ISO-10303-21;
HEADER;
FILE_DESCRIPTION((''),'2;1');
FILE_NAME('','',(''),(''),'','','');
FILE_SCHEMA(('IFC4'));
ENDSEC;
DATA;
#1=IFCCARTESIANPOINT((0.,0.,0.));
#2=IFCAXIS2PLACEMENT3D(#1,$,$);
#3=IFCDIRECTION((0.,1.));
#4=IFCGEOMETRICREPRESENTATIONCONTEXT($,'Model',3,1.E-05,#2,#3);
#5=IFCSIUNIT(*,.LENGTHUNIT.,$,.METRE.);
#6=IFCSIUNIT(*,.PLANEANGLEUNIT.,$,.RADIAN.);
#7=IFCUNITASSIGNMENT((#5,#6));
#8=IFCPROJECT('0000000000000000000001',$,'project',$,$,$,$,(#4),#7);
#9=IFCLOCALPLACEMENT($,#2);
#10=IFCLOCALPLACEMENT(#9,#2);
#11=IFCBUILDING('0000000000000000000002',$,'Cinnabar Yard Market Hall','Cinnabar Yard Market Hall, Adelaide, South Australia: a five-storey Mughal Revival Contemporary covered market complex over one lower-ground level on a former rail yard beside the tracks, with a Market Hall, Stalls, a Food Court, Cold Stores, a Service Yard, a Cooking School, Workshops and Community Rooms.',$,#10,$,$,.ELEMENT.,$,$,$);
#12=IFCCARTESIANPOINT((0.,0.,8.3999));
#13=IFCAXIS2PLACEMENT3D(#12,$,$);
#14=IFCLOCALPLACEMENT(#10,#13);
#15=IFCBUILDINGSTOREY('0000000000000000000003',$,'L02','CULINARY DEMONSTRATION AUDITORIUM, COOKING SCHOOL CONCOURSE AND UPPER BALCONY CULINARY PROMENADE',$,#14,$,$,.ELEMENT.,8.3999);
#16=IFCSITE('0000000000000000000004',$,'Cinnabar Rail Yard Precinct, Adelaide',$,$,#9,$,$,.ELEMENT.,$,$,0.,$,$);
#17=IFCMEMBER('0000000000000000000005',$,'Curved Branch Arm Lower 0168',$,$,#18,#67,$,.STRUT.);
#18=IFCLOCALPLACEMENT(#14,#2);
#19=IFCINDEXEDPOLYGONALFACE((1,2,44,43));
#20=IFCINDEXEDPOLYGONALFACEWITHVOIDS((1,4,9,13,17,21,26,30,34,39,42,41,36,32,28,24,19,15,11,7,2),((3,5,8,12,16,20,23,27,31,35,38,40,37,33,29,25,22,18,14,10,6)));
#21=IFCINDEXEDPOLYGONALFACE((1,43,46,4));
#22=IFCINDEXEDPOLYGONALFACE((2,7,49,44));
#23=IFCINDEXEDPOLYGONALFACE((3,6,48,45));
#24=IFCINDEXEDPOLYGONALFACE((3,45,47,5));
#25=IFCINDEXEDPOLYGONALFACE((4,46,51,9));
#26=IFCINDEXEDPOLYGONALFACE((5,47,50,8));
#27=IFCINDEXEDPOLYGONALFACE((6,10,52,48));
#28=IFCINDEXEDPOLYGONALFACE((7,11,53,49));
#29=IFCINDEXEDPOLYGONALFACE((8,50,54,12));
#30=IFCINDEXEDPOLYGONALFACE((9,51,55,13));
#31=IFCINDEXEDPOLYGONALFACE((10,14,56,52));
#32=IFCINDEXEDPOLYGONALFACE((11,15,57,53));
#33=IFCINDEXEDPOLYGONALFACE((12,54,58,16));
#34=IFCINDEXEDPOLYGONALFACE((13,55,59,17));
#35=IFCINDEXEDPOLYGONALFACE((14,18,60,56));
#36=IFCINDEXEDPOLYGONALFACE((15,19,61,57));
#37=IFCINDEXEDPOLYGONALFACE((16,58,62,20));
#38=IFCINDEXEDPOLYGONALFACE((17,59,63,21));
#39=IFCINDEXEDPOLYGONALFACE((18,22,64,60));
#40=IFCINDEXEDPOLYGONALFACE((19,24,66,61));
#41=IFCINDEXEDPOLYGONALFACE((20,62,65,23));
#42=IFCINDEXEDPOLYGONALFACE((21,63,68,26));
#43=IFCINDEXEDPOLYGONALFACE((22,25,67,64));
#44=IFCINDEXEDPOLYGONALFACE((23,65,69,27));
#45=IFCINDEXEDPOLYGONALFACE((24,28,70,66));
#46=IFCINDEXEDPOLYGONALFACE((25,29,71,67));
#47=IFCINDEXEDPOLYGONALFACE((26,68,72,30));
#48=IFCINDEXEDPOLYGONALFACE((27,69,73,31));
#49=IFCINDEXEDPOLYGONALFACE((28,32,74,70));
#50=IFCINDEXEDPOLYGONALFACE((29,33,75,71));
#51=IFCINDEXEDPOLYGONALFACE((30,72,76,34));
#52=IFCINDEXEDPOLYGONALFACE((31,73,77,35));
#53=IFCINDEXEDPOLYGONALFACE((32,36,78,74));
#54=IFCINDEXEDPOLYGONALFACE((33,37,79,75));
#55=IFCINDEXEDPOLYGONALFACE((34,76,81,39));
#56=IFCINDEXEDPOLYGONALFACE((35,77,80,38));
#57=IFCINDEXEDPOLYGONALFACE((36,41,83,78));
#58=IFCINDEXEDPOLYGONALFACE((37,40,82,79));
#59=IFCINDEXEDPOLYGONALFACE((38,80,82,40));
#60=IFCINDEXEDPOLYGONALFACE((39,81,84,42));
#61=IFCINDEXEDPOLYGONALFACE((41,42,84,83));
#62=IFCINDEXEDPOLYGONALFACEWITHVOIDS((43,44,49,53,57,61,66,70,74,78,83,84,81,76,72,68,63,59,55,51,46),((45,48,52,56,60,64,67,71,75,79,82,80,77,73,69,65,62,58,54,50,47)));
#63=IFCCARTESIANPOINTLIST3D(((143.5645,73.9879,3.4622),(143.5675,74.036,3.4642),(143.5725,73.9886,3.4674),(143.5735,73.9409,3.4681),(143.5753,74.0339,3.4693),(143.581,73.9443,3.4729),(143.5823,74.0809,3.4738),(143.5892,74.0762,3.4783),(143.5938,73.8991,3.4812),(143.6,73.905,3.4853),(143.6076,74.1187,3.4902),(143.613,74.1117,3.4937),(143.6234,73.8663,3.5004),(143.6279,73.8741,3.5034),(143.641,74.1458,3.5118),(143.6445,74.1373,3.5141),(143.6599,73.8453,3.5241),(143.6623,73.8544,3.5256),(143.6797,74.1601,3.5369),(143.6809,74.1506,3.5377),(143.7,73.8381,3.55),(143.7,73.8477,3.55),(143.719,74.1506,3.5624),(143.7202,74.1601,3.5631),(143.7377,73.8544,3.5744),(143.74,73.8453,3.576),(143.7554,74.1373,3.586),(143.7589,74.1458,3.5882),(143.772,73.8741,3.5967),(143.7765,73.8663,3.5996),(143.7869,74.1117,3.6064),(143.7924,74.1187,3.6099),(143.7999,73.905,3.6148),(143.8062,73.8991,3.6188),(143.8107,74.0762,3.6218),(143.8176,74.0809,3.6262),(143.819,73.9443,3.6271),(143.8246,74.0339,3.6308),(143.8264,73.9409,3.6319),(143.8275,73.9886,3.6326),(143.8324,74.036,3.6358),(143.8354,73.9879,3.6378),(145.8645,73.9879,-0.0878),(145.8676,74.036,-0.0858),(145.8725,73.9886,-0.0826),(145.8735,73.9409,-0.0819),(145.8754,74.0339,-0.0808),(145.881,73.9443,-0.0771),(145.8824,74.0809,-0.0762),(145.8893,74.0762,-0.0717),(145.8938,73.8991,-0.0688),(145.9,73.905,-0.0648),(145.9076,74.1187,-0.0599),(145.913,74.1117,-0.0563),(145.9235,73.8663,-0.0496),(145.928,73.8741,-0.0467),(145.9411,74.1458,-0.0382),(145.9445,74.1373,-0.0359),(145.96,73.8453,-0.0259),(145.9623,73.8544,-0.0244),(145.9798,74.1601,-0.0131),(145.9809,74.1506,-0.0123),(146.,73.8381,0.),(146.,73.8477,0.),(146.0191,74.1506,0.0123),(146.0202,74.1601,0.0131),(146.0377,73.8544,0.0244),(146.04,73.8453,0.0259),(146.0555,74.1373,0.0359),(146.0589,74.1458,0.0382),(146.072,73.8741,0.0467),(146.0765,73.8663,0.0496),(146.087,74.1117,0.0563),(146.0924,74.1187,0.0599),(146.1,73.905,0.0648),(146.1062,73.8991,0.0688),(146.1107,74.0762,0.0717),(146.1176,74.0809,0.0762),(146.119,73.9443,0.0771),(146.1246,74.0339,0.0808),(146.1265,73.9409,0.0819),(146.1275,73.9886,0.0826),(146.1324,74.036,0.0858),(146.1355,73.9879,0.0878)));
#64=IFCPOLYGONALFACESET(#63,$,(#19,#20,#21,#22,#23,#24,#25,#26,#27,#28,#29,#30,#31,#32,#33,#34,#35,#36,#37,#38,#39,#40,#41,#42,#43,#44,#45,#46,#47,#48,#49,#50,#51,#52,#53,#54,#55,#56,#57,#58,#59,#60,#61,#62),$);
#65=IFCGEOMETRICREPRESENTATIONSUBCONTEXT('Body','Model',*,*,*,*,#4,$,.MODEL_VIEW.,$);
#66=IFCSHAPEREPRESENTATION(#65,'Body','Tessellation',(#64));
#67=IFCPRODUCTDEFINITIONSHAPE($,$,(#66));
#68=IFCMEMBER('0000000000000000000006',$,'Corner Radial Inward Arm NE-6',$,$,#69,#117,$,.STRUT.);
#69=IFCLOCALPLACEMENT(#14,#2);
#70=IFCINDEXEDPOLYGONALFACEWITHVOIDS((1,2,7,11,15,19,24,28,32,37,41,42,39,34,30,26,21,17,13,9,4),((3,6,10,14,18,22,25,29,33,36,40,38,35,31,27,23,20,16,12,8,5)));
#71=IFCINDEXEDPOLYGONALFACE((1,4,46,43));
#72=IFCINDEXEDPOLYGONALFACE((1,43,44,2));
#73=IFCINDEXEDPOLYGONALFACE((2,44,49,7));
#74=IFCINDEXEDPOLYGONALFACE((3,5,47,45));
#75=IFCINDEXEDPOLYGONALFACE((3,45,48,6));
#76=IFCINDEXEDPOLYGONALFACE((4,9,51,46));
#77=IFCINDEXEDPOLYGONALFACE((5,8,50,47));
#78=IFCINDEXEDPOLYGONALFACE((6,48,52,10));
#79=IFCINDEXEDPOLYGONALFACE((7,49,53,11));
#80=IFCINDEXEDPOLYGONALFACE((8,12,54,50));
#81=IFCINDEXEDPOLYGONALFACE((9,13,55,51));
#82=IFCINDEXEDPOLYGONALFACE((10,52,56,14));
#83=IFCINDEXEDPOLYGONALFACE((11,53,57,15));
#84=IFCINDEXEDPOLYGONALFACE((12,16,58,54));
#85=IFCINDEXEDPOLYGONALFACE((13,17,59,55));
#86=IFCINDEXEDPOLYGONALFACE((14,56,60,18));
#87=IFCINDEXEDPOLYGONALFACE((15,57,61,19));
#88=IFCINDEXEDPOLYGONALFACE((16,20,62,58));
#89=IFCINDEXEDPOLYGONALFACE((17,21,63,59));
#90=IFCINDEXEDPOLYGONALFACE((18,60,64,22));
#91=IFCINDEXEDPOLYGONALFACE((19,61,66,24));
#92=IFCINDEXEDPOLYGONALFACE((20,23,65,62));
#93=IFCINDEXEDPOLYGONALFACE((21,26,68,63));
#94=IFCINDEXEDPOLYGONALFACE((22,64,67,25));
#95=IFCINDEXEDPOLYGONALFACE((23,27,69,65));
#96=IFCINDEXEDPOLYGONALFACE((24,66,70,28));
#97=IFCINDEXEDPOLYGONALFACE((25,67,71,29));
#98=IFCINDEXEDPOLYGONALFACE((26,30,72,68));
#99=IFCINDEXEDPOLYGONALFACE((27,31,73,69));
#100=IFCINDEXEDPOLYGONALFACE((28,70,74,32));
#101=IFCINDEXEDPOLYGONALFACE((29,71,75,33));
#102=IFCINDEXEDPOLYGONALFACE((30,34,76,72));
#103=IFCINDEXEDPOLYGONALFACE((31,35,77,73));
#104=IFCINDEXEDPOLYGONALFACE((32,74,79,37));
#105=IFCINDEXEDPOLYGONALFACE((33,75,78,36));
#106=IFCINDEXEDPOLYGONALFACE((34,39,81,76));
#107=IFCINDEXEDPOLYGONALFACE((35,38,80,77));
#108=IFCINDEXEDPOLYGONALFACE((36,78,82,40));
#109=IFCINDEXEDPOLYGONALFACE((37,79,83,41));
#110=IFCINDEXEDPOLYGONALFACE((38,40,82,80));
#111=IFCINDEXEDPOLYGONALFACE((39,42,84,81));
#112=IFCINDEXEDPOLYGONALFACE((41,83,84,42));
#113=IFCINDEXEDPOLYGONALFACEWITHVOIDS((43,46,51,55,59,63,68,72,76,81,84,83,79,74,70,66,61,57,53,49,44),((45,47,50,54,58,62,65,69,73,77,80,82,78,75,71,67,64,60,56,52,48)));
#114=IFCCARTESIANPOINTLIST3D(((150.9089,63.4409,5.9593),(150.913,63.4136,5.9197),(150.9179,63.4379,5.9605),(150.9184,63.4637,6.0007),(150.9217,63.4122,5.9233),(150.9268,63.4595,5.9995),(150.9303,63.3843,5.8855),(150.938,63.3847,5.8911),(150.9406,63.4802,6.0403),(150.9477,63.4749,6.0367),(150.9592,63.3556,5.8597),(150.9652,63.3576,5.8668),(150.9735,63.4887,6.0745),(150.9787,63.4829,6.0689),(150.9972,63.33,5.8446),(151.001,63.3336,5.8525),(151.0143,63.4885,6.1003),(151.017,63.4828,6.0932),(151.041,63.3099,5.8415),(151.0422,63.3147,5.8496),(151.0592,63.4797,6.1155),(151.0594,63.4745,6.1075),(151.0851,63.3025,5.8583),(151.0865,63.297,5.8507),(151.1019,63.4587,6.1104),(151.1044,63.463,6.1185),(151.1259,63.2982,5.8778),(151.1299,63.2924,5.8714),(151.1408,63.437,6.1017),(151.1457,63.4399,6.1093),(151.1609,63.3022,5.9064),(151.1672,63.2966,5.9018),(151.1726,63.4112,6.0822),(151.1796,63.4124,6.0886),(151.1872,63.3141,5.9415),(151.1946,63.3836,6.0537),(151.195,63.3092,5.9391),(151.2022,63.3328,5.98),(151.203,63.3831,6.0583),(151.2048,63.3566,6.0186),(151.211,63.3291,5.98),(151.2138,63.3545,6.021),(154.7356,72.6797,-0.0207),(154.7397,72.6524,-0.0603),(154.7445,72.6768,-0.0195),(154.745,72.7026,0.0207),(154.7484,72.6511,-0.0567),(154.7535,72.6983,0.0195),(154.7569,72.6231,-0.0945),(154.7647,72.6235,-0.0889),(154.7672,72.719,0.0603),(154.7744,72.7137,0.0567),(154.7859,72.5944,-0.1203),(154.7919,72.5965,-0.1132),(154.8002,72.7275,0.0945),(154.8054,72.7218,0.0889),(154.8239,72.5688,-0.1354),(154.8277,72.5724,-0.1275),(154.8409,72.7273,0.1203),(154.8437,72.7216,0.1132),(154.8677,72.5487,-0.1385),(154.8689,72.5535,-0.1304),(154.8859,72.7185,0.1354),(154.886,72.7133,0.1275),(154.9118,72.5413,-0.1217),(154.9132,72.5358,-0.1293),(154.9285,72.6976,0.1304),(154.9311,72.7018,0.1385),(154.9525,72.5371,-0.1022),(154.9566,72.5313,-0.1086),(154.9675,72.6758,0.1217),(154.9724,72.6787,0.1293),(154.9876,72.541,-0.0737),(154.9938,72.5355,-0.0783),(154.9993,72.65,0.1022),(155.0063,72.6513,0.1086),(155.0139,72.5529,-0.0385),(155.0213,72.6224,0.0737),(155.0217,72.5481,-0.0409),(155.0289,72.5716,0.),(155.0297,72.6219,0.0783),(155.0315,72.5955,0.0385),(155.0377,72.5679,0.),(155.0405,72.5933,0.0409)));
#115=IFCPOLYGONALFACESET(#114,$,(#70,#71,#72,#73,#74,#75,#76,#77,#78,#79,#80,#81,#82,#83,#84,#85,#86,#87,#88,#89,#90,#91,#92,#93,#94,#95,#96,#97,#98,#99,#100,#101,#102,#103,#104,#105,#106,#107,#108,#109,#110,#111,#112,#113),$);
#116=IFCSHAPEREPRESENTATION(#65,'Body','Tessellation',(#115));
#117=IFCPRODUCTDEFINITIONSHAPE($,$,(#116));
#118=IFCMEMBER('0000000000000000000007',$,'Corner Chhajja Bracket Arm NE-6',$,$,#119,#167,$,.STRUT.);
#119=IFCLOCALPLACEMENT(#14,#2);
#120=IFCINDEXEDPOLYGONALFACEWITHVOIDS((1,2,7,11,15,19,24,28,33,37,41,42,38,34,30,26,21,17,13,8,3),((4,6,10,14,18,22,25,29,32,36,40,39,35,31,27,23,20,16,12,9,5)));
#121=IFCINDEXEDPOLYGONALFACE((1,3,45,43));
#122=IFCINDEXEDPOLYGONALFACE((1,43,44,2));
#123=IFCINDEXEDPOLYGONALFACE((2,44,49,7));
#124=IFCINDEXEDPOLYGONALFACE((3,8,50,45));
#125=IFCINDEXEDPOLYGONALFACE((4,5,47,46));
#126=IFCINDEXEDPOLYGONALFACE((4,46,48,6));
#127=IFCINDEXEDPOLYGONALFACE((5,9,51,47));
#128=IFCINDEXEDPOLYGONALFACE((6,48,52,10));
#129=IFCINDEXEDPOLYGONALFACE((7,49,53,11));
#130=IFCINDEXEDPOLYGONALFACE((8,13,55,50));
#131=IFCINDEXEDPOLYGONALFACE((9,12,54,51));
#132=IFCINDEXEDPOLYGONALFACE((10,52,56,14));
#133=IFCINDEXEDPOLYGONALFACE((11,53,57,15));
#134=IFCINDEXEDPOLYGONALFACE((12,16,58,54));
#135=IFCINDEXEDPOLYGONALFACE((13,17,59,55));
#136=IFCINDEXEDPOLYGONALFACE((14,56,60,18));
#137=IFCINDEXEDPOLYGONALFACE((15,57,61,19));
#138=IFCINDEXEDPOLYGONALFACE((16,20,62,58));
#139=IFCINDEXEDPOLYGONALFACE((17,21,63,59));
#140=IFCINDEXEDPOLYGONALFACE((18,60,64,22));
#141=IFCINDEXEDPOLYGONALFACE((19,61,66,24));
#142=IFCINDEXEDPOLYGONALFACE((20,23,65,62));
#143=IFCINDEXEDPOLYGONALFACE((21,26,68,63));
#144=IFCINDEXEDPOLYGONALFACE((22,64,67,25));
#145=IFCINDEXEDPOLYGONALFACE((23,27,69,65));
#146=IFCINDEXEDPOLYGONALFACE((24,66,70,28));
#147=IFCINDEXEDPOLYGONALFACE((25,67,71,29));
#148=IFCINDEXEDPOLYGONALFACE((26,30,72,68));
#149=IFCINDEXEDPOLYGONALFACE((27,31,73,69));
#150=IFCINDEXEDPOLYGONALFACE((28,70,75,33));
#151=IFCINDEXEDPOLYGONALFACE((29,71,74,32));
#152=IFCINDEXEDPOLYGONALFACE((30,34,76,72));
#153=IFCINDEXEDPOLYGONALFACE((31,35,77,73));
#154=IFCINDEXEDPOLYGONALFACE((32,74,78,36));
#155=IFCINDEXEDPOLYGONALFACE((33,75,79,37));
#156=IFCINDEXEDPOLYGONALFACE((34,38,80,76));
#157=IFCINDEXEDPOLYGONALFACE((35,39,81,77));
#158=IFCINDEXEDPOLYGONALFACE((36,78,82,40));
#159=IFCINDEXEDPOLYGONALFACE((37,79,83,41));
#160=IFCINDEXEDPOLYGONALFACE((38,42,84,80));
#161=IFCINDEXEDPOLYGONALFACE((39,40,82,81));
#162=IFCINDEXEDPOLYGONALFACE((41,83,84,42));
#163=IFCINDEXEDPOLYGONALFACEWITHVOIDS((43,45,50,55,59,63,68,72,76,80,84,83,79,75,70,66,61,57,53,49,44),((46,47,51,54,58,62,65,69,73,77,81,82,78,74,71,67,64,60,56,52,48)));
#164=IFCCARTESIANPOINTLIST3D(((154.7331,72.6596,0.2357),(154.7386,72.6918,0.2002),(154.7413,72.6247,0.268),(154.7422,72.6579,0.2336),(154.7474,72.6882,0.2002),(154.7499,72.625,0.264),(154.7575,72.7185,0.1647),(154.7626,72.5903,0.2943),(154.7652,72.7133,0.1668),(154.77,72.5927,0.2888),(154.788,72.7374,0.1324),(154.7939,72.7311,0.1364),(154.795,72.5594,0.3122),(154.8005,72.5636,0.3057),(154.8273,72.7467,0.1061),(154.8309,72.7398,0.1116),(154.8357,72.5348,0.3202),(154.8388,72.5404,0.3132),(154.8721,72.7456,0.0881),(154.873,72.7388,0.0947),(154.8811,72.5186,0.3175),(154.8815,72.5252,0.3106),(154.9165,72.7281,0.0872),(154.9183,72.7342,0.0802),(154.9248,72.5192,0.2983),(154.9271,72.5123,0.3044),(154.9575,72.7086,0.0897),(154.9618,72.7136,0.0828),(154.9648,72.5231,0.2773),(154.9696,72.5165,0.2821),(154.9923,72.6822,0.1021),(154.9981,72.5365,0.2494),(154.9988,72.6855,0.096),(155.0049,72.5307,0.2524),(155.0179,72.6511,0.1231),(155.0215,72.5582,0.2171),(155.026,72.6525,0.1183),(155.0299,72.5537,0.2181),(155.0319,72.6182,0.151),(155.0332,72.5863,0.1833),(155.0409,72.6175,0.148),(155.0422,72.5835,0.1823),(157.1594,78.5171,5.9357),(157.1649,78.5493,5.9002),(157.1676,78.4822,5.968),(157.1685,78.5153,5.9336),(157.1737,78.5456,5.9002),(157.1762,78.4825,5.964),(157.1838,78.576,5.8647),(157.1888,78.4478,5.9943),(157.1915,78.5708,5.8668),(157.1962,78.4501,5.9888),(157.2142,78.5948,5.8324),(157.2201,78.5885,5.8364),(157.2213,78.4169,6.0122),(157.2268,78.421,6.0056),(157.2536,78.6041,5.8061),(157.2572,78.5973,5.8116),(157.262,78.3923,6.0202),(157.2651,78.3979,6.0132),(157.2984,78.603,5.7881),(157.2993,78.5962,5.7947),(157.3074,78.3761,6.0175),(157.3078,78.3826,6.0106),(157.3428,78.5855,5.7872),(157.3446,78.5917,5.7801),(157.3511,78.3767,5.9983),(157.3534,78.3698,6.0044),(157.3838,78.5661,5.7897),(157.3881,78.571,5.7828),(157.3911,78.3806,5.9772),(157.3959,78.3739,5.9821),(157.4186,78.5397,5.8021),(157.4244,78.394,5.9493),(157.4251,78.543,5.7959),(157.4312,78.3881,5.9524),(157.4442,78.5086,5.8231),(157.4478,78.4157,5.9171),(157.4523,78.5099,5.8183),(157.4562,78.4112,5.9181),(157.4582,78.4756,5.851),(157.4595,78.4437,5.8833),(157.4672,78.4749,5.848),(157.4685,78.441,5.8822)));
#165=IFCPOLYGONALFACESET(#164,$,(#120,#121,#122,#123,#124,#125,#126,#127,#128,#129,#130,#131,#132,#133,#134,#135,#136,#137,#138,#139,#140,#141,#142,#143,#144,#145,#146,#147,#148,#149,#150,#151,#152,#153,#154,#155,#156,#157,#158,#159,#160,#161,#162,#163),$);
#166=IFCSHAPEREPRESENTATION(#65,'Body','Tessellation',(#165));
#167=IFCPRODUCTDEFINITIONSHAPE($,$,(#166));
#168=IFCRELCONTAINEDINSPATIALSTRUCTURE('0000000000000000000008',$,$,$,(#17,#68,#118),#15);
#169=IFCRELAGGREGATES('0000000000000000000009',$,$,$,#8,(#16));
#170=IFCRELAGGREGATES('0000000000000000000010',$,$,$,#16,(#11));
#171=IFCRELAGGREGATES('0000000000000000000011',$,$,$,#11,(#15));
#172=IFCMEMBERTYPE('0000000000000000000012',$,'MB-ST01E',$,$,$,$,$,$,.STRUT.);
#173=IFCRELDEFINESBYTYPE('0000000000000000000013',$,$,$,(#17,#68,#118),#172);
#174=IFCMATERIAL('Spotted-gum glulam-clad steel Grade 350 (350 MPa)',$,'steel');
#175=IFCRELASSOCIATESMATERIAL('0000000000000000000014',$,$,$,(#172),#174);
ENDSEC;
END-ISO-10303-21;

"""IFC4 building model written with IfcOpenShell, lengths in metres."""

from ifc_helpers import new_model, si_unit, direction, frame, origin, origin_2d_with_axis, place, context, subcontext, project, spatial, hollow_circle, extrude, material, material_profile, profile_set, type_object, element, save


model = new_model("IFC4")

# Units and contexts
model_context = context("Model", 3, precision=1e-05, world=origin(), true_north=direction((0.0, 1.0)))
body_context = subcontext(model_context, "Body", "Model", "MODEL_VIEW")
ifc_project = project(units=[si_unit("LENGTHUNIT", "METRE"), si_unit("PLANEANGLEUNIT", "RADIAN")], contexts=[model_context])

# Site, building, storey
site_placement = place(None, origin())
site = spatial("IfcSite", under=ifc_project, at=site_placement, Name="Cinnabar Rail Yard Precinct, Adelaide", CompositionType="ELEMENT", RefElevation=0.0)
building_placement = place(site_placement, origin())
building = spatial("IfcBuilding", under=site, at=building_placement, Name="Cinnabar Yard Market Hall", Description="Cinnabar Yard Market Hall, Adelaide, South Australia: a five-storey Mughal Revival Contemporary covered market complex over one lower-ground level on a former rail yard beside the tracks, with a Market Hall, Stalls, a Food Court, Cold Stores, a Service Yard, a Cooking School, Workshops and Community Rooms.", CompositionType="ELEMENT")
storey_placement = place(building_placement, frame((0.0, 0.0, 8.3999)))
storey = spatial("IfcBuildingStorey", under=building, at=storey_placement, Name="L02", Description="CULINARY DEMONSTRATION AUDITORIUM, COOKING SCHOOL CONCOURSE AND UPPER BALCONY CULINARY PROMENADE", CompositionType="ELEMENT", Elevation=8.3999)

# Shared definitions
ifc_material_1 = material(Name="Spotted-gum glulam-clad steel Grade 350 (350 MPa)", Category="steel")

# Members
ifc_material_profile_1 = material_profile(ifc_material_1, hollow_circle(Radius=0.1619, WallThickness=0.0095, at=origin_2d_with_axis()), Name="323.9x9.5CHS")
ifc_profile_set_1 = profile_set([ifc_material_profile_1], Name="Spotted-gum glulam-clad steel Grade 350 (350 MPa)")
member_type_1 = type_object("IfcMemberType", Name="MB-ST01E", PredefinedType="STRUT", material=ifc_profile_set_1)
member_1_placement = place(storey_placement, frame((146.0, 74.0, 0.0), z_axis=(-0.543744, 0.0, 0.839251), x_axis=(0.0, -1.0, 0.0)))
element("IfcMember", 1, at=member_1_placement, inside=storey, type_object=member_type_1, Name="Curved Branch Arm Lower 0168", PredefinedType="STRUT", context=body_context, shape_type="SweptSolid", body=[
    extrude(hollow_circle(Radius=0.1619, WallThickness=0.0095, at=origin_2d_with_axis()), origin(), (0.0, 0.0, 1.0), 4.23),
])
member_2_placement = place(storey_placement, frame((154.8882, 72.6299, 0.0), z_axis=(-0.328425, -0.792923, 0.513235), x_axis=(0.923885, -0.382669, 0.0)))
element("IfcMember", 2, at=member_2_placement, inside=storey, type_object=member_type_1, Name="Corner Radial Inward Arm NE-6", PredefinedType="STRUT", context=body_context, shape_type="SweptSolid", body=[
    extrude(hollow_circle(Radius=0.1619, WallThickness=0.0095, at=origin_2d_with_axis()), origin(), (0.0, 0.0, 1.0), 11.6516),
])
member_3_placement = place(storey_placement, frame((154.8882, 72.6299, 0.2002), z_axis=(0.284587, 0.68704, 0.66857), x_axis=(-0.923877, 0.38269, 0.0)))
element("IfcMember", 3, at=member_3_placement, inside=storey, type_object=member_type_1, Name="Corner Chhajja Bracket Arm NE-6", PredefinedType="STRUT", context=body_context, shape_type="SweptSolid", body=[
    extrude(hollow_circle(Radius=0.1619, WallThickness=0.0095, at=origin_2d_with_axis()), origin(), (0.0, 0.0, 1.0), 8.5256),
])

save(model, "model.ifc")
